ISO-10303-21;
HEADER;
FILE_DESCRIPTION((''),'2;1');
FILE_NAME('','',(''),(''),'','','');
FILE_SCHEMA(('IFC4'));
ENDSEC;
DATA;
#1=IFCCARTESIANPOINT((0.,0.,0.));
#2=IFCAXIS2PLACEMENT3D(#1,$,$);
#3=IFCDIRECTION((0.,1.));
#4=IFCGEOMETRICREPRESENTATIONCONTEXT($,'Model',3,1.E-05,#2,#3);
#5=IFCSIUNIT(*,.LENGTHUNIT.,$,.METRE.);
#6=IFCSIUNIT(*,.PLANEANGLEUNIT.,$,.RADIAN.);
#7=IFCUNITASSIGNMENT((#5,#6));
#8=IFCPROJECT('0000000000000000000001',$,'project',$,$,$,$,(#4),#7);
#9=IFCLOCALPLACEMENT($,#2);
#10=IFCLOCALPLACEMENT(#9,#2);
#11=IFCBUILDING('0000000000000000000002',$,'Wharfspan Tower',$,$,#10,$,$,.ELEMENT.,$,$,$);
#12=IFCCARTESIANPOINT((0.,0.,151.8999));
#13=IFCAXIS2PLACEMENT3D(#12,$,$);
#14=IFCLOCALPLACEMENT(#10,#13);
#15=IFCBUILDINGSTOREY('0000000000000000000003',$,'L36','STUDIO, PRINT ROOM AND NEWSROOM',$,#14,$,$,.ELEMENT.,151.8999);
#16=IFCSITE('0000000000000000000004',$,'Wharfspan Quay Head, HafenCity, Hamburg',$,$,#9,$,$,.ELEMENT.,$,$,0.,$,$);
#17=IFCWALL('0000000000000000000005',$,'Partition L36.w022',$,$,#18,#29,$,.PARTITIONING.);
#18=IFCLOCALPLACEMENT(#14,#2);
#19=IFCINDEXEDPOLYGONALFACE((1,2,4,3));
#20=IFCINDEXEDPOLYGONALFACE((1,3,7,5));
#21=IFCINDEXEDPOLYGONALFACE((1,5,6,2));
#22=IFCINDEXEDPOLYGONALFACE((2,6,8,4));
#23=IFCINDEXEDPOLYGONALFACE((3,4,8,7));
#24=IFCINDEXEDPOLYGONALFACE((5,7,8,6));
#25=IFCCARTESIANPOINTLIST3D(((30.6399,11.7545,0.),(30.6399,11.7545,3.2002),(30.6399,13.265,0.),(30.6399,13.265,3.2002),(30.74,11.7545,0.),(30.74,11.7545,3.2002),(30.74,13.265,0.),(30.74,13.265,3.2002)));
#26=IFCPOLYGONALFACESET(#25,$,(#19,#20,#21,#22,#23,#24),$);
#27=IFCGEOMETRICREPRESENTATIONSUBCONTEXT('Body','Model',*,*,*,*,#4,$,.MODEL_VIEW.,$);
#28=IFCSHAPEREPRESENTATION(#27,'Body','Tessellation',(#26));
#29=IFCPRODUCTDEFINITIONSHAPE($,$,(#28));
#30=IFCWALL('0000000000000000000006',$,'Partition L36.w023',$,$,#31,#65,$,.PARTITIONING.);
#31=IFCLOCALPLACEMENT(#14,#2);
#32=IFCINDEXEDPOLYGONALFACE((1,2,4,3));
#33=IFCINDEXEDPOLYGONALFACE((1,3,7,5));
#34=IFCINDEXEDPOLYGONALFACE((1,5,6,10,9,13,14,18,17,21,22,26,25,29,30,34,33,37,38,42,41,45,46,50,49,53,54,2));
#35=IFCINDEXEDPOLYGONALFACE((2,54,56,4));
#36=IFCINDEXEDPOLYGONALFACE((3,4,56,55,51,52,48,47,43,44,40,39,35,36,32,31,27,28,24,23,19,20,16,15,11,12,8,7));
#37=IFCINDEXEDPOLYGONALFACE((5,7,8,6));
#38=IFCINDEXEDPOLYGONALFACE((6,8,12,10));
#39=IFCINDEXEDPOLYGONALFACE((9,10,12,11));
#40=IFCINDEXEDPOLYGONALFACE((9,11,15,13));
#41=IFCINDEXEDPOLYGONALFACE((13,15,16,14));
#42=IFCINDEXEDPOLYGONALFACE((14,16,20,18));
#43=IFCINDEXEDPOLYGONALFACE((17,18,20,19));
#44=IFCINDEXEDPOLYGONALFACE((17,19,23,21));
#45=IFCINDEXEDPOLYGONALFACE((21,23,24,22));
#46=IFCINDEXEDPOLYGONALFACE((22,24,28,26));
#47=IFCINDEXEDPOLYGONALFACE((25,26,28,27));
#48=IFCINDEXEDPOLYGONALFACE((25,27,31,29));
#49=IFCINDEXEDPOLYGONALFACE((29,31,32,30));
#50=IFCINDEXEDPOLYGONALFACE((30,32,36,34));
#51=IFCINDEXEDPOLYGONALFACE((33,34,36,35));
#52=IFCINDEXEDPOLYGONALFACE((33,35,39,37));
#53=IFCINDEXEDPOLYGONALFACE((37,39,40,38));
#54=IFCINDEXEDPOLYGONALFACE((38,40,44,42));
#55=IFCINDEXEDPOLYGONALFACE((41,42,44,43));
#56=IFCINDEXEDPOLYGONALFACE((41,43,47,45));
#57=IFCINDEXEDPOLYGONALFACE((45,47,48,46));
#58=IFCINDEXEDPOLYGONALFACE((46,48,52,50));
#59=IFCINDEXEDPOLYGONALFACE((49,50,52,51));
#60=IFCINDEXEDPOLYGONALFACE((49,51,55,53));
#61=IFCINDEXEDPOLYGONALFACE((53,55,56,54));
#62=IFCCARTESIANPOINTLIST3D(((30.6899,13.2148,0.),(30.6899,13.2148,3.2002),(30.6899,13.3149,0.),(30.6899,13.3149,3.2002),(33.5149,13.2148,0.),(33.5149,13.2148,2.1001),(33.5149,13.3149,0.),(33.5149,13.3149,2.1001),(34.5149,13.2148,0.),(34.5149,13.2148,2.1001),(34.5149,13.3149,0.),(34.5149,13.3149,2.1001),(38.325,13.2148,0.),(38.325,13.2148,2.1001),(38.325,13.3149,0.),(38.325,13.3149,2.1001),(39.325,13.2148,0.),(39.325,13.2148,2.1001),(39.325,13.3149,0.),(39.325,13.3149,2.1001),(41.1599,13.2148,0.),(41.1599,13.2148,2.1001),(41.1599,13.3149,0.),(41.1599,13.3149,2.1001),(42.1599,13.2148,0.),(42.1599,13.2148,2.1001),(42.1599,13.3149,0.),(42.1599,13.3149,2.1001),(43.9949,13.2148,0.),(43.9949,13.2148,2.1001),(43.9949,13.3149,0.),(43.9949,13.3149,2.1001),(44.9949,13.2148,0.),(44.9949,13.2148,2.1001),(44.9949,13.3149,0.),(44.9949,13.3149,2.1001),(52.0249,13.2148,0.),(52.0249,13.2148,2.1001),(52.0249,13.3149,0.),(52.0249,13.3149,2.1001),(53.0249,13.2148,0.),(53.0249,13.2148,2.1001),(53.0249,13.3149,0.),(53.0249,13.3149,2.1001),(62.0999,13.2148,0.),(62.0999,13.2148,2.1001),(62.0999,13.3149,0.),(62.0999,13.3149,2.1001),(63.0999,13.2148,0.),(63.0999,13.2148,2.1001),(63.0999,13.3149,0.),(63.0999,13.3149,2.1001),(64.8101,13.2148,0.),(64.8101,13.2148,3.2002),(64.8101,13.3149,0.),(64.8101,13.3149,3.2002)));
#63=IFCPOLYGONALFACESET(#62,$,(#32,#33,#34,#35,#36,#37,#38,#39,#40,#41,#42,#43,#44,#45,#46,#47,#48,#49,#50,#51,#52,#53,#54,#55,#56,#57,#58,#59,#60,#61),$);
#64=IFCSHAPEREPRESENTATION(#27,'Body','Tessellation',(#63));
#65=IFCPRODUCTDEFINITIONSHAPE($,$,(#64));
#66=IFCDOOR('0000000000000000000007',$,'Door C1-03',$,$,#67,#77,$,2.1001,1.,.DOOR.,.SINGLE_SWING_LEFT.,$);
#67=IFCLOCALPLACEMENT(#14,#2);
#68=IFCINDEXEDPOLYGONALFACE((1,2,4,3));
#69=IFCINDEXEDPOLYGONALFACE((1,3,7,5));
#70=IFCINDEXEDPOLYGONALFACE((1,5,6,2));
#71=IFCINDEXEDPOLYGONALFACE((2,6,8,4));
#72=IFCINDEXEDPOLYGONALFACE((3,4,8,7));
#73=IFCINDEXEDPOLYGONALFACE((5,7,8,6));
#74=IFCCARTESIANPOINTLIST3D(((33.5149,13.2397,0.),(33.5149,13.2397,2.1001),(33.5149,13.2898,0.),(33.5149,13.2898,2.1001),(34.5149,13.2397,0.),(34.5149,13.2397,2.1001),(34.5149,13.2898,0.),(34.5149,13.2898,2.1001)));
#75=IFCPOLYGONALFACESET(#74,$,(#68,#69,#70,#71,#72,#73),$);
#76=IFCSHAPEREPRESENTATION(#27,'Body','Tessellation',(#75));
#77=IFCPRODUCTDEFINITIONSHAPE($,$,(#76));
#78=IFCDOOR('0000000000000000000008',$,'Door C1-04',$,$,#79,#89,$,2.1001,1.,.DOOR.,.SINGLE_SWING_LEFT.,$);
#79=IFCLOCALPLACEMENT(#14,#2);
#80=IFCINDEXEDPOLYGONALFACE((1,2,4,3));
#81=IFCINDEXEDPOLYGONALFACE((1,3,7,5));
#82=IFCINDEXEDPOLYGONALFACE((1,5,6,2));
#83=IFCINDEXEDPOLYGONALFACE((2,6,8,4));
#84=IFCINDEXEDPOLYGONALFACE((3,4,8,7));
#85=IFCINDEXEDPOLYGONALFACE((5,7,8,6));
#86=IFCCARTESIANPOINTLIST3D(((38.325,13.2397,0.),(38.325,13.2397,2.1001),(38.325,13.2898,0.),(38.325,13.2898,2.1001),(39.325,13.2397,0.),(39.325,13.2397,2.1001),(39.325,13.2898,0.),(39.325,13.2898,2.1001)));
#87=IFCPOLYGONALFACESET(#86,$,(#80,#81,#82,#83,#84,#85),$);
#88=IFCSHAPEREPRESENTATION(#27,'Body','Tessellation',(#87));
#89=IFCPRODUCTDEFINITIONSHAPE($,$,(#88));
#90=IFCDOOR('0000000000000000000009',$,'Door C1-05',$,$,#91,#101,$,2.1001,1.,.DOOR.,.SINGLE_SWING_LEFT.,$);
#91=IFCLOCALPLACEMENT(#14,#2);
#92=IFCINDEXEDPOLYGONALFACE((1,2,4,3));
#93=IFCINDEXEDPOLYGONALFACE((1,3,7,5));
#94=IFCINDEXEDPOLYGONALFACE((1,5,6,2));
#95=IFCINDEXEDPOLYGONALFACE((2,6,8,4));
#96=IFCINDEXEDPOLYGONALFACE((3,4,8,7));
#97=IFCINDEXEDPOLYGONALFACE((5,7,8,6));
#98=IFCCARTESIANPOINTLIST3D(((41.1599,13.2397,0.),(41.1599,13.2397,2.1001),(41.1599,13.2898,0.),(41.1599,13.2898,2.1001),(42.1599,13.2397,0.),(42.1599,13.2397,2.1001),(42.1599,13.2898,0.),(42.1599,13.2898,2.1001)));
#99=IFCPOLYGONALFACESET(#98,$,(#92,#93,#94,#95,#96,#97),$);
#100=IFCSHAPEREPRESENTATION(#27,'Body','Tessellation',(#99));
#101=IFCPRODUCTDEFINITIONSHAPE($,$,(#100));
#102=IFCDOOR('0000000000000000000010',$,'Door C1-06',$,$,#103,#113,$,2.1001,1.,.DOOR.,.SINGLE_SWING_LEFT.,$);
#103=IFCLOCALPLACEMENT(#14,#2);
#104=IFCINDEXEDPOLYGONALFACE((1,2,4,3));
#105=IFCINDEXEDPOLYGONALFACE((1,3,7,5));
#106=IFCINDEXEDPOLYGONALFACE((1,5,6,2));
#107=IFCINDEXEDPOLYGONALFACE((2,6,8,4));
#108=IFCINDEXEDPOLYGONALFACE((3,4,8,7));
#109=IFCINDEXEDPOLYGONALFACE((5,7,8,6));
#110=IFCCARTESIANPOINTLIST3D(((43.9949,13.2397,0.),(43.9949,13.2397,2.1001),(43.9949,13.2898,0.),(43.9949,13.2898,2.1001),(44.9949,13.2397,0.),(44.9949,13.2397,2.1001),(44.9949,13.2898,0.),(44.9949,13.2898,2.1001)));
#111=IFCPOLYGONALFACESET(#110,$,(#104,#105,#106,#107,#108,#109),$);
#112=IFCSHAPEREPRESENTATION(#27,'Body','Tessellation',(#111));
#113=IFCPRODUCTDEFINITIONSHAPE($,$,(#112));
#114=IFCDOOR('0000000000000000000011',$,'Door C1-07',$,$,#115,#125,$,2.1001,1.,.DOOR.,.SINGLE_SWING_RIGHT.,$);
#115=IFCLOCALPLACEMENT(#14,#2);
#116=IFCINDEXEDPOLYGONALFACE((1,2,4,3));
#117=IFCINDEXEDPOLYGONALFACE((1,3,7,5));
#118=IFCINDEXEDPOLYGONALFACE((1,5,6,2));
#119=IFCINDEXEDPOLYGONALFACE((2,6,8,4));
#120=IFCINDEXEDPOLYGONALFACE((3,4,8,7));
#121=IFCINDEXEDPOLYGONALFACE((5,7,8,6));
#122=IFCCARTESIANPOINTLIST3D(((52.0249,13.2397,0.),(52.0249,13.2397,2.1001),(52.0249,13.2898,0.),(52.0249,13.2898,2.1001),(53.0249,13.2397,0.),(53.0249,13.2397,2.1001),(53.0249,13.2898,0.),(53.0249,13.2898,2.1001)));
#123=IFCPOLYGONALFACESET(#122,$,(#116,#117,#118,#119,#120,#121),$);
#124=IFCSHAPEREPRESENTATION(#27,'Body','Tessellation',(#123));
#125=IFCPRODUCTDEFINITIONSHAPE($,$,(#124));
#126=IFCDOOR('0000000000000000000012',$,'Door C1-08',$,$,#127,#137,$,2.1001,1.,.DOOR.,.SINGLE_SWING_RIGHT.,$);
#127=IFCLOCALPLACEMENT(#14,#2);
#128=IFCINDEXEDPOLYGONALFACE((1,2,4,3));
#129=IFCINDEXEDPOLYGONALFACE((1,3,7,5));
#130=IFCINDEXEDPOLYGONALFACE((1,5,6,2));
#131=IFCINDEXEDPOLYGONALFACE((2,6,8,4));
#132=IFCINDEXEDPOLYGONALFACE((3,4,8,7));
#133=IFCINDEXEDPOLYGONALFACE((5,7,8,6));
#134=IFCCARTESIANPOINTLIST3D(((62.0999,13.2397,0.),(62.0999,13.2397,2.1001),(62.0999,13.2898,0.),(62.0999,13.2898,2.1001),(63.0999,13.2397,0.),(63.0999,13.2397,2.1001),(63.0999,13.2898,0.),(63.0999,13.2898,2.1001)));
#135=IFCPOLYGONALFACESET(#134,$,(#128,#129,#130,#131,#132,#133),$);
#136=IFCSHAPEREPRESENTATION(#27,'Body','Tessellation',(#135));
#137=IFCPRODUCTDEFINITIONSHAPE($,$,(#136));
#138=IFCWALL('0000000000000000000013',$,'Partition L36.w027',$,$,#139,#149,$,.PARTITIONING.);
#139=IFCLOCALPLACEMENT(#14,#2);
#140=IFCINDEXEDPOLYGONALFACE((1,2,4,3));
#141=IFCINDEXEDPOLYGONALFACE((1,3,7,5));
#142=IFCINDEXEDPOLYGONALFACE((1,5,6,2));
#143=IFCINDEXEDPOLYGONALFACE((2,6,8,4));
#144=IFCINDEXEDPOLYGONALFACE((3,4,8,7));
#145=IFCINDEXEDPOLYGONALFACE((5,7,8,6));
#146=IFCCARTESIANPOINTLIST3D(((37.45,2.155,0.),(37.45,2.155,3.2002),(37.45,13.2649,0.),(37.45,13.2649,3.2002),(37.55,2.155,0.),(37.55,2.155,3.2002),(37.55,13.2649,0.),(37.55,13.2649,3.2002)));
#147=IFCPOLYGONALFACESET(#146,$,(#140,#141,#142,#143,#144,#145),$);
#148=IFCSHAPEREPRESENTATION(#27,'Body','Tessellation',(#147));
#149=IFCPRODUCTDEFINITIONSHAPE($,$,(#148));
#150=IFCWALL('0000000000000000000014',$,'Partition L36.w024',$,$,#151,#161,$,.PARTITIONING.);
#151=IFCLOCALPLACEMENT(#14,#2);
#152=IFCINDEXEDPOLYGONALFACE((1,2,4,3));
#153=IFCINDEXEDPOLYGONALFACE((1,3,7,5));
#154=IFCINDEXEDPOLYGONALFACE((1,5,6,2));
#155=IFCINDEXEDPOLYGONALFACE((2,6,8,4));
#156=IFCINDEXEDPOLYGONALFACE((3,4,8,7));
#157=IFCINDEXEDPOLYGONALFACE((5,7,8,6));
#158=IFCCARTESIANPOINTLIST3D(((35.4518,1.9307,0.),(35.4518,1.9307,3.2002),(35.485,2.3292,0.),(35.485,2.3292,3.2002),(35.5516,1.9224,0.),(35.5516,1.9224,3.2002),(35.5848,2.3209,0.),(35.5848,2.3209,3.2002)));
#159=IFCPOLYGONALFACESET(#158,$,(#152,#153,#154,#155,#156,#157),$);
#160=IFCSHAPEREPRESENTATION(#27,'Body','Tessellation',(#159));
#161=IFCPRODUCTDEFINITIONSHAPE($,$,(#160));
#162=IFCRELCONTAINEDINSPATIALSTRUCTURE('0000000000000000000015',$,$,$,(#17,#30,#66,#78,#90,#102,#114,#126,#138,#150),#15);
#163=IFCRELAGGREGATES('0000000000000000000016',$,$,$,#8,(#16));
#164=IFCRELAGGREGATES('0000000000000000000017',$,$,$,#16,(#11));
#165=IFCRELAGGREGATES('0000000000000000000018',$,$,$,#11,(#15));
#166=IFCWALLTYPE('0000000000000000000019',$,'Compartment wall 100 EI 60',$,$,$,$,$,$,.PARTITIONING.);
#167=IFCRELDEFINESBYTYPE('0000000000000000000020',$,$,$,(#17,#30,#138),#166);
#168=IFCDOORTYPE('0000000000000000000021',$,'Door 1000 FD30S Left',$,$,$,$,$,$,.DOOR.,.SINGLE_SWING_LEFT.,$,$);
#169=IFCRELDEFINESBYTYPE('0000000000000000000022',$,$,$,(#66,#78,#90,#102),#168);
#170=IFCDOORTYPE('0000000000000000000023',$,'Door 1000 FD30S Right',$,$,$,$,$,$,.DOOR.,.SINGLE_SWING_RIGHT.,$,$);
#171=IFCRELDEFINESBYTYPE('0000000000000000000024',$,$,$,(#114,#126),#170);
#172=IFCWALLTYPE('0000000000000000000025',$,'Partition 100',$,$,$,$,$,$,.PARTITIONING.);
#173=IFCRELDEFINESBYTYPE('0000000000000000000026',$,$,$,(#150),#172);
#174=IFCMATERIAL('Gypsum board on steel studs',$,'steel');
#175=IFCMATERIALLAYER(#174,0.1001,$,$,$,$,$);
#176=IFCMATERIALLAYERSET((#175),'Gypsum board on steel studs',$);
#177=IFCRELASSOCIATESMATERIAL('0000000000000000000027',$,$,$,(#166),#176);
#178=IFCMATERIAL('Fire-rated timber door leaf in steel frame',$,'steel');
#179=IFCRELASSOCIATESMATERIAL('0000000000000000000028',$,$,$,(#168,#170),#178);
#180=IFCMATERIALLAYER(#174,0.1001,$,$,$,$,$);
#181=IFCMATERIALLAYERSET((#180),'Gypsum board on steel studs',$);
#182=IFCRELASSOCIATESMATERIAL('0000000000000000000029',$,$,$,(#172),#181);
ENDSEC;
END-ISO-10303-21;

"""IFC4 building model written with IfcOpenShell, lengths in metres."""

from ifc_helpers import new_model, si_unit, direction, frame, frame_2d, origin, place, context, subcontext, project, spatial, rectangle, extrude, material, layer, layer_set, type_object, element, fill, save


model = new_model("IFC4")

# Units and contexts
model_context = context("Model", 3, precision=1e-05, world=origin(), true_north=direction((0.0, 1.0)))
body_context = subcontext(model_context, "Body", "Model", "MODEL_VIEW")
ifc_project = project(units=[si_unit("LENGTHUNIT", "METRE"), si_unit("PLANEANGLEUNIT", "RADIAN")], contexts=[model_context])

# Site, building, storey
site_placement = place(None, origin())
site = spatial("IfcSite", under=ifc_project, at=site_placement, Name="Wharfspan Quay Head, HafenCity, Hamburg", CompositionType="ELEMENT", RefElevation=0.0)
building_placement = place(site_placement, origin())
building = spatial("IfcBuilding", under=site, at=building_placement, Name="Wharfspan Tower", CompositionType="ELEMENT")
storey_placement = place(building_placement, frame((0.0, 0.0, 151.8999)))
storey = spatial("IfcBuildingStorey", under=building, at=storey_placement, Name="L36", Description="STUDIO, PRINT ROOM AND NEWSROOM", CompositionType="ELEMENT", Elevation=151.8999)

# Wall
ifc_material_1 = material(Name="Gypsum board on steel studs", Category="steel")
ifc_layer_1 = layer(ifc_material_1, 0.1001)
ifc_layer_set_1 = layer_set([ifc_layer_1], Name="Gypsum board on steel studs")
wall_type_1 = type_object("IfcWallType", Name="Compartment wall 100 EI 60", PredefinedType="PARTITIONING", material=ifc_layer_set_1)
wall_1_placement = place(storey_placement, frame((30.6899, 11.7544, 0.0), z_axis=(0.0, 0.0, 1.0), x_axis=(0.0, 1.0, 0.0)))
element("IfcWall", 1, at=wall_1_placement, inside=storey, type_object=wall_type_1, Name="Partition L36.w022", PredefinedType="PARTITIONING", context=body_context, shape_type="SweptSolid", body=[
    extrude(rectangle(XDim=1.5105, YDim=0.1001, at=frame_2d((0.7554, 0.0))), origin(), (0.0, 0.0, 1.0), 3.2002),
])

# Wall, openings, doors
wall_2_placement = place(storey_placement, frame((30.6899, 13.2649, 0.0), z_axis=(0.0, 0.0, 1.0), x_axis=(1.0, 0.0, 0.0)))
wall_2 = element("IfcWall", 2, at=wall_2_placement, inside=storey, type_object=wall_type_1, Name="Partition L36.w023", PredefinedType="PARTITIONING", context=body_context, shape_type="SweptSolid", body=[
    extrude(rectangle(XDim=34.1201, YDim=0.1001, at=frame_2d((17.0601, 0.0))), origin(), (0.0, 0.0, 1.0), 3.2002),
])
opening_1_placement = place(wall_2_placement, frame((2.825, 0.0, 0.0)))
opening_1 = element("IfcOpeningElement", 3, at=opening_1_placement, cuts=wall_2, PredefinedType="OPENING", context=body_context, shape_type="SweptSolid", body=[
    extrude(rectangle(XDim=1.0, YDim=2.1001, at=frame_2d((0.5, 1.05))), frame((0.0, 0.0601, 0.0), z_axis=(0.0, -1.0, 0.0), x_axis=(1.0, 0.0, 0.0)), (0.0, 0.0, 1.0), 0.1201),
])
opening_2_placement = place(wall_2_placement, frame((7.635, 0.0, 0.0)))
opening_2 = element("IfcOpeningElement", 4, at=opening_2_placement, cuts=wall_2, PredefinedType="OPENING", context=body_context, shape_type="SweptSolid", body=[
    extrude(rectangle(XDim=1.0, YDim=2.1001, at=frame_2d((0.5, 1.05))), frame((0.0, 0.0601, 0.0), z_axis=(0.0, -1.0, 0.0), x_axis=(1.0, 0.0, 0.0)), (0.0, 0.0, 1.0), 0.1201),
])
opening_3_placement = place(wall_2_placement, frame((10.47, 0.0, 0.0)))
opening_3 = element("IfcOpeningElement", 5, at=opening_3_placement, cuts=wall_2, PredefinedType="OPENING", context=body_context, shape_type="SweptSolid", body=[
    extrude(rectangle(XDim=1.0, YDim=2.1001, at=frame_2d((0.5, 1.05))), frame((0.0, 0.0601, 0.0), z_axis=(0.0, -1.0, 0.0), x_axis=(1.0, 0.0, 0.0)), (0.0, 0.0, 1.0), 0.1201),
])
opening_4_placement = place(wall_2_placement, frame((13.3049, 0.0, 0.0)))
opening_4 = element("IfcOpeningElement", 6, at=opening_4_placement, cuts=wall_2, PredefinedType="OPENING", context=body_context, shape_type="SweptSolid", body=[
    extrude(rectangle(XDim=1.0, YDim=2.1001, at=frame_2d((0.5, 1.05))), frame((0.0, 0.0601, 0.0), z_axis=(0.0, -1.0, 0.0), x_axis=(1.0, 0.0, 0.0)), (0.0, 0.0, 1.0), 0.1201),
])
opening_5_placement = place(wall_2_placement, frame((21.335, 0.0, 0.0)))
opening_5 = element("IfcOpeningElement", 7, at=opening_5_placement, cuts=wall_2, PredefinedType="OPENING", context=body_context, shape_type="SweptSolid", body=[
    extrude(rectangle(XDim=1.0, YDim=2.1001, at=frame_2d((0.5, 1.05))), frame((0.0, 0.0601, 0.0), z_axis=(0.0, -1.0, 0.0), x_axis=(1.0, 0.0, 0.0)), (0.0, 0.0, 1.0), 0.1201),
])
opening_6_placement = place(wall_2_placement, frame((31.4099, 0.0, 0.0)))
opening_6 = element("IfcOpeningElement", 8, at=opening_6_placement, cuts=wall_2, PredefinedType="OPENING", context=body_context, shape_type="SweptSolid", body=[
    extrude(rectangle(XDim=1.0, YDim=2.1001, at=frame_2d((0.5, 1.05))), frame((0.0, 0.0601, 0.0), z_axis=(0.0, -1.0, 0.0), x_axis=(1.0, 0.0, 0.0)), (0.0, 0.0, 1.0), 0.1201),
])
ifc_material_2 = material(Name="Fire-rated timber door leaf in steel frame", Category="steel")
door_type_1 = type_object("IfcDoorType", Name="Door 1000 FD30S Left", OperationType="SINGLE_SWING_LEFT", PredefinedType="DOOR", material=ifc_material_2)
door_1_placement = place(opening_1_placement, origin())
door_1 = element("IfcDoor", 9, at=door_1_placement, inside=storey, type_object=door_type_1, Name="Door C1-03", OperationType="SINGLE_SWING_LEFT", OverallHeight=2.1001, OverallWidth=1.0, PredefinedType="DOOR", context=body_context, shape_type="SweptSolid", body=[
    extrude(rectangle(XDim=1.0, YDim=2.1001, at=frame_2d((0.5, 1.05))), frame((0.0, 0.0249, 0.0), z_axis=(0.0, -1.0, 0.0), x_axis=(1.0, 0.0, 0.0)), (0.0, 0.0, 1.0), 0.05),
])
fill(opening_1, door_1)
door_2_placement = place(opening_2_placement, origin())
door_2 = element("IfcDoor", 10, at=door_2_placement, inside=storey, type_object=door_type_1, Name="Door C1-04", OperationType="SINGLE_SWING_LEFT", OverallHeight=2.1001, OverallWidth=1.0, PredefinedType="DOOR", context=body_context, shape_type="SweptSolid", body=[
    extrude(rectangle(XDim=1.0, YDim=2.1001, at=frame_2d((0.5, 1.05))), frame((0.0, 0.0249, 0.0), z_axis=(0.0, -1.0, 0.0), x_axis=(1.0, 0.0, 0.0)), (0.0, 0.0, 1.0), 0.05),
])
fill(opening_2, door_2)
door_3_placement = place(opening_3_placement, origin())
door_3 = element("IfcDoor", 11, at=door_3_placement, inside=storey, type_object=door_type_1, Name="Door C1-05", OperationType="SINGLE_SWING_LEFT", OverallHeight=2.1001, OverallWidth=1.0, PredefinedType="DOOR", context=body_context, shape_type="SweptSolid", body=[
    extrude(rectangle(XDim=1.0, YDim=2.1001, at=frame_2d((0.5, 1.05))), frame((0.0, 0.0249, 0.0), z_axis=(0.0, -1.0, 0.0), x_axis=(1.0, 0.0, 0.0)), (0.0, 0.0, 1.0), 0.05),
])
fill(opening_3, door_3)
door_4_placement = place(opening_4_placement, origin())
door_4 = element("IfcDoor", 12, at=door_4_placement, inside=storey, type_object=door_type_1, Name="Door C1-06", OperationType="SINGLE_SWING_LEFT", OverallHeight=2.1001, OverallWidth=1.0, PredefinedType="DOOR", context=body_context, shape_type="SweptSolid", body=[
    extrude(rectangle(XDim=1.0, YDim=2.1001, at=frame_2d((0.5, 1.05))), frame((0.0, 0.0249, 0.0), z_axis=(0.0, -1.0, 0.0), x_axis=(1.0, 0.0, 0.0)), (0.0, 0.0, 1.0), 0.05),
])
fill(opening_4, door_4)
door_type_2 = type_object("IfcDoorType", Name="Door 1000 FD30S Right", OperationType="SINGLE_SWING_RIGHT", PredefinedType="DOOR", material=ifc_material_2)
door_5_placement = place(opening_5_placement, origin())
door_5 = element("IfcDoor", 13, at=door_5_placement, inside=storey, type_object=door_type_2, Name="Door C1-07", OperationType="SINGLE_SWING_RIGHT", OverallHeight=2.1001, OverallWidth=1.0, PredefinedType="DOOR", context=body_context, shape_type="SweptSolid", body=[
    extrude(rectangle(XDim=1.0, YDim=2.1001, at=frame_2d((0.5, 1.05))), frame((0.0, 0.0249, 0.0), z_axis=(0.0, -1.0, 0.0), x_axis=(1.0, 0.0, 0.0)), (0.0, 0.0, 1.0), 0.05),
])
fill(opening_5, door_5)
door_6_placement = place(opening_6_placement, origin())
door_6 = element("IfcDoor", 14, at=door_6_placement, inside=storey, type_object=door_type_2, Name="Door C1-08", OperationType="SINGLE_SWING_RIGHT", OverallHeight=2.1001, OverallWidth=1.0, PredefinedType="DOOR", context=body_context, shape_type="SweptSolid", body=[
    extrude(rectangle(XDim=1.0, YDim=2.1001, at=frame_2d((0.5, 1.05))), frame((0.0, 0.0249, 0.0), z_axis=(0.0, -1.0, 0.0), x_axis=(1.0, 0.0, 0.0)), (0.0, 0.0, 1.0), 0.05),
])
fill(opening_6, door_6)

# Walls
wall_3_placement = place(storey_placement, frame((37.5, 2.155, 0.0), z_axis=(0.0, 0.0, 1.0), x_axis=(0.0, 1.0, 0.0)))
element("IfcWall", 15, at=wall_3_placement, inside=storey, type_object=wall_type_1, Name="Partition L36.w027", PredefinedType="PARTITIONING", context=body_context, shape_type="SweptSolid", body=[
    extrude(rectangle(XDim=11.1099, YDim=0.1001, at=frame_2d((5.5549, 0.0))), origin(), (0.0, 0.0, 1.0), 3.2002),
])
ifc_layer_2 = layer(ifc_material_1, 0.1001)
ifc_layer_set_2 = layer_set([ifc_layer_2], Name="Gypsum board on steel studs")
wall_type_2 = type_object("IfcWallType", Name="Partition 100", PredefinedType="PARTITIONING", material=ifc_layer_set_2)
wall_4_placement = place(storey_placement, frame((35.5017, 1.9265, 0.0), z_axis=(0.0, 0.0, 1.0), x_axis=(0.083045, 0.996542, 0.0)))
element("IfcWall", 16, at=wall_4_placement, inside=storey, type_object=wall_type_2, Name="Partition L36.w024", PredefinedType="PARTITIONING", context=body_context, shape_type="SweptSolid", body=[
    extrude(rectangle(XDim=0.3999, YDim=0.1001, at=frame_2d((0.2, 0.0))), origin(), (0.0, 0.0, 1.0), 3.2002),
])

save(model, "model.ifc")
